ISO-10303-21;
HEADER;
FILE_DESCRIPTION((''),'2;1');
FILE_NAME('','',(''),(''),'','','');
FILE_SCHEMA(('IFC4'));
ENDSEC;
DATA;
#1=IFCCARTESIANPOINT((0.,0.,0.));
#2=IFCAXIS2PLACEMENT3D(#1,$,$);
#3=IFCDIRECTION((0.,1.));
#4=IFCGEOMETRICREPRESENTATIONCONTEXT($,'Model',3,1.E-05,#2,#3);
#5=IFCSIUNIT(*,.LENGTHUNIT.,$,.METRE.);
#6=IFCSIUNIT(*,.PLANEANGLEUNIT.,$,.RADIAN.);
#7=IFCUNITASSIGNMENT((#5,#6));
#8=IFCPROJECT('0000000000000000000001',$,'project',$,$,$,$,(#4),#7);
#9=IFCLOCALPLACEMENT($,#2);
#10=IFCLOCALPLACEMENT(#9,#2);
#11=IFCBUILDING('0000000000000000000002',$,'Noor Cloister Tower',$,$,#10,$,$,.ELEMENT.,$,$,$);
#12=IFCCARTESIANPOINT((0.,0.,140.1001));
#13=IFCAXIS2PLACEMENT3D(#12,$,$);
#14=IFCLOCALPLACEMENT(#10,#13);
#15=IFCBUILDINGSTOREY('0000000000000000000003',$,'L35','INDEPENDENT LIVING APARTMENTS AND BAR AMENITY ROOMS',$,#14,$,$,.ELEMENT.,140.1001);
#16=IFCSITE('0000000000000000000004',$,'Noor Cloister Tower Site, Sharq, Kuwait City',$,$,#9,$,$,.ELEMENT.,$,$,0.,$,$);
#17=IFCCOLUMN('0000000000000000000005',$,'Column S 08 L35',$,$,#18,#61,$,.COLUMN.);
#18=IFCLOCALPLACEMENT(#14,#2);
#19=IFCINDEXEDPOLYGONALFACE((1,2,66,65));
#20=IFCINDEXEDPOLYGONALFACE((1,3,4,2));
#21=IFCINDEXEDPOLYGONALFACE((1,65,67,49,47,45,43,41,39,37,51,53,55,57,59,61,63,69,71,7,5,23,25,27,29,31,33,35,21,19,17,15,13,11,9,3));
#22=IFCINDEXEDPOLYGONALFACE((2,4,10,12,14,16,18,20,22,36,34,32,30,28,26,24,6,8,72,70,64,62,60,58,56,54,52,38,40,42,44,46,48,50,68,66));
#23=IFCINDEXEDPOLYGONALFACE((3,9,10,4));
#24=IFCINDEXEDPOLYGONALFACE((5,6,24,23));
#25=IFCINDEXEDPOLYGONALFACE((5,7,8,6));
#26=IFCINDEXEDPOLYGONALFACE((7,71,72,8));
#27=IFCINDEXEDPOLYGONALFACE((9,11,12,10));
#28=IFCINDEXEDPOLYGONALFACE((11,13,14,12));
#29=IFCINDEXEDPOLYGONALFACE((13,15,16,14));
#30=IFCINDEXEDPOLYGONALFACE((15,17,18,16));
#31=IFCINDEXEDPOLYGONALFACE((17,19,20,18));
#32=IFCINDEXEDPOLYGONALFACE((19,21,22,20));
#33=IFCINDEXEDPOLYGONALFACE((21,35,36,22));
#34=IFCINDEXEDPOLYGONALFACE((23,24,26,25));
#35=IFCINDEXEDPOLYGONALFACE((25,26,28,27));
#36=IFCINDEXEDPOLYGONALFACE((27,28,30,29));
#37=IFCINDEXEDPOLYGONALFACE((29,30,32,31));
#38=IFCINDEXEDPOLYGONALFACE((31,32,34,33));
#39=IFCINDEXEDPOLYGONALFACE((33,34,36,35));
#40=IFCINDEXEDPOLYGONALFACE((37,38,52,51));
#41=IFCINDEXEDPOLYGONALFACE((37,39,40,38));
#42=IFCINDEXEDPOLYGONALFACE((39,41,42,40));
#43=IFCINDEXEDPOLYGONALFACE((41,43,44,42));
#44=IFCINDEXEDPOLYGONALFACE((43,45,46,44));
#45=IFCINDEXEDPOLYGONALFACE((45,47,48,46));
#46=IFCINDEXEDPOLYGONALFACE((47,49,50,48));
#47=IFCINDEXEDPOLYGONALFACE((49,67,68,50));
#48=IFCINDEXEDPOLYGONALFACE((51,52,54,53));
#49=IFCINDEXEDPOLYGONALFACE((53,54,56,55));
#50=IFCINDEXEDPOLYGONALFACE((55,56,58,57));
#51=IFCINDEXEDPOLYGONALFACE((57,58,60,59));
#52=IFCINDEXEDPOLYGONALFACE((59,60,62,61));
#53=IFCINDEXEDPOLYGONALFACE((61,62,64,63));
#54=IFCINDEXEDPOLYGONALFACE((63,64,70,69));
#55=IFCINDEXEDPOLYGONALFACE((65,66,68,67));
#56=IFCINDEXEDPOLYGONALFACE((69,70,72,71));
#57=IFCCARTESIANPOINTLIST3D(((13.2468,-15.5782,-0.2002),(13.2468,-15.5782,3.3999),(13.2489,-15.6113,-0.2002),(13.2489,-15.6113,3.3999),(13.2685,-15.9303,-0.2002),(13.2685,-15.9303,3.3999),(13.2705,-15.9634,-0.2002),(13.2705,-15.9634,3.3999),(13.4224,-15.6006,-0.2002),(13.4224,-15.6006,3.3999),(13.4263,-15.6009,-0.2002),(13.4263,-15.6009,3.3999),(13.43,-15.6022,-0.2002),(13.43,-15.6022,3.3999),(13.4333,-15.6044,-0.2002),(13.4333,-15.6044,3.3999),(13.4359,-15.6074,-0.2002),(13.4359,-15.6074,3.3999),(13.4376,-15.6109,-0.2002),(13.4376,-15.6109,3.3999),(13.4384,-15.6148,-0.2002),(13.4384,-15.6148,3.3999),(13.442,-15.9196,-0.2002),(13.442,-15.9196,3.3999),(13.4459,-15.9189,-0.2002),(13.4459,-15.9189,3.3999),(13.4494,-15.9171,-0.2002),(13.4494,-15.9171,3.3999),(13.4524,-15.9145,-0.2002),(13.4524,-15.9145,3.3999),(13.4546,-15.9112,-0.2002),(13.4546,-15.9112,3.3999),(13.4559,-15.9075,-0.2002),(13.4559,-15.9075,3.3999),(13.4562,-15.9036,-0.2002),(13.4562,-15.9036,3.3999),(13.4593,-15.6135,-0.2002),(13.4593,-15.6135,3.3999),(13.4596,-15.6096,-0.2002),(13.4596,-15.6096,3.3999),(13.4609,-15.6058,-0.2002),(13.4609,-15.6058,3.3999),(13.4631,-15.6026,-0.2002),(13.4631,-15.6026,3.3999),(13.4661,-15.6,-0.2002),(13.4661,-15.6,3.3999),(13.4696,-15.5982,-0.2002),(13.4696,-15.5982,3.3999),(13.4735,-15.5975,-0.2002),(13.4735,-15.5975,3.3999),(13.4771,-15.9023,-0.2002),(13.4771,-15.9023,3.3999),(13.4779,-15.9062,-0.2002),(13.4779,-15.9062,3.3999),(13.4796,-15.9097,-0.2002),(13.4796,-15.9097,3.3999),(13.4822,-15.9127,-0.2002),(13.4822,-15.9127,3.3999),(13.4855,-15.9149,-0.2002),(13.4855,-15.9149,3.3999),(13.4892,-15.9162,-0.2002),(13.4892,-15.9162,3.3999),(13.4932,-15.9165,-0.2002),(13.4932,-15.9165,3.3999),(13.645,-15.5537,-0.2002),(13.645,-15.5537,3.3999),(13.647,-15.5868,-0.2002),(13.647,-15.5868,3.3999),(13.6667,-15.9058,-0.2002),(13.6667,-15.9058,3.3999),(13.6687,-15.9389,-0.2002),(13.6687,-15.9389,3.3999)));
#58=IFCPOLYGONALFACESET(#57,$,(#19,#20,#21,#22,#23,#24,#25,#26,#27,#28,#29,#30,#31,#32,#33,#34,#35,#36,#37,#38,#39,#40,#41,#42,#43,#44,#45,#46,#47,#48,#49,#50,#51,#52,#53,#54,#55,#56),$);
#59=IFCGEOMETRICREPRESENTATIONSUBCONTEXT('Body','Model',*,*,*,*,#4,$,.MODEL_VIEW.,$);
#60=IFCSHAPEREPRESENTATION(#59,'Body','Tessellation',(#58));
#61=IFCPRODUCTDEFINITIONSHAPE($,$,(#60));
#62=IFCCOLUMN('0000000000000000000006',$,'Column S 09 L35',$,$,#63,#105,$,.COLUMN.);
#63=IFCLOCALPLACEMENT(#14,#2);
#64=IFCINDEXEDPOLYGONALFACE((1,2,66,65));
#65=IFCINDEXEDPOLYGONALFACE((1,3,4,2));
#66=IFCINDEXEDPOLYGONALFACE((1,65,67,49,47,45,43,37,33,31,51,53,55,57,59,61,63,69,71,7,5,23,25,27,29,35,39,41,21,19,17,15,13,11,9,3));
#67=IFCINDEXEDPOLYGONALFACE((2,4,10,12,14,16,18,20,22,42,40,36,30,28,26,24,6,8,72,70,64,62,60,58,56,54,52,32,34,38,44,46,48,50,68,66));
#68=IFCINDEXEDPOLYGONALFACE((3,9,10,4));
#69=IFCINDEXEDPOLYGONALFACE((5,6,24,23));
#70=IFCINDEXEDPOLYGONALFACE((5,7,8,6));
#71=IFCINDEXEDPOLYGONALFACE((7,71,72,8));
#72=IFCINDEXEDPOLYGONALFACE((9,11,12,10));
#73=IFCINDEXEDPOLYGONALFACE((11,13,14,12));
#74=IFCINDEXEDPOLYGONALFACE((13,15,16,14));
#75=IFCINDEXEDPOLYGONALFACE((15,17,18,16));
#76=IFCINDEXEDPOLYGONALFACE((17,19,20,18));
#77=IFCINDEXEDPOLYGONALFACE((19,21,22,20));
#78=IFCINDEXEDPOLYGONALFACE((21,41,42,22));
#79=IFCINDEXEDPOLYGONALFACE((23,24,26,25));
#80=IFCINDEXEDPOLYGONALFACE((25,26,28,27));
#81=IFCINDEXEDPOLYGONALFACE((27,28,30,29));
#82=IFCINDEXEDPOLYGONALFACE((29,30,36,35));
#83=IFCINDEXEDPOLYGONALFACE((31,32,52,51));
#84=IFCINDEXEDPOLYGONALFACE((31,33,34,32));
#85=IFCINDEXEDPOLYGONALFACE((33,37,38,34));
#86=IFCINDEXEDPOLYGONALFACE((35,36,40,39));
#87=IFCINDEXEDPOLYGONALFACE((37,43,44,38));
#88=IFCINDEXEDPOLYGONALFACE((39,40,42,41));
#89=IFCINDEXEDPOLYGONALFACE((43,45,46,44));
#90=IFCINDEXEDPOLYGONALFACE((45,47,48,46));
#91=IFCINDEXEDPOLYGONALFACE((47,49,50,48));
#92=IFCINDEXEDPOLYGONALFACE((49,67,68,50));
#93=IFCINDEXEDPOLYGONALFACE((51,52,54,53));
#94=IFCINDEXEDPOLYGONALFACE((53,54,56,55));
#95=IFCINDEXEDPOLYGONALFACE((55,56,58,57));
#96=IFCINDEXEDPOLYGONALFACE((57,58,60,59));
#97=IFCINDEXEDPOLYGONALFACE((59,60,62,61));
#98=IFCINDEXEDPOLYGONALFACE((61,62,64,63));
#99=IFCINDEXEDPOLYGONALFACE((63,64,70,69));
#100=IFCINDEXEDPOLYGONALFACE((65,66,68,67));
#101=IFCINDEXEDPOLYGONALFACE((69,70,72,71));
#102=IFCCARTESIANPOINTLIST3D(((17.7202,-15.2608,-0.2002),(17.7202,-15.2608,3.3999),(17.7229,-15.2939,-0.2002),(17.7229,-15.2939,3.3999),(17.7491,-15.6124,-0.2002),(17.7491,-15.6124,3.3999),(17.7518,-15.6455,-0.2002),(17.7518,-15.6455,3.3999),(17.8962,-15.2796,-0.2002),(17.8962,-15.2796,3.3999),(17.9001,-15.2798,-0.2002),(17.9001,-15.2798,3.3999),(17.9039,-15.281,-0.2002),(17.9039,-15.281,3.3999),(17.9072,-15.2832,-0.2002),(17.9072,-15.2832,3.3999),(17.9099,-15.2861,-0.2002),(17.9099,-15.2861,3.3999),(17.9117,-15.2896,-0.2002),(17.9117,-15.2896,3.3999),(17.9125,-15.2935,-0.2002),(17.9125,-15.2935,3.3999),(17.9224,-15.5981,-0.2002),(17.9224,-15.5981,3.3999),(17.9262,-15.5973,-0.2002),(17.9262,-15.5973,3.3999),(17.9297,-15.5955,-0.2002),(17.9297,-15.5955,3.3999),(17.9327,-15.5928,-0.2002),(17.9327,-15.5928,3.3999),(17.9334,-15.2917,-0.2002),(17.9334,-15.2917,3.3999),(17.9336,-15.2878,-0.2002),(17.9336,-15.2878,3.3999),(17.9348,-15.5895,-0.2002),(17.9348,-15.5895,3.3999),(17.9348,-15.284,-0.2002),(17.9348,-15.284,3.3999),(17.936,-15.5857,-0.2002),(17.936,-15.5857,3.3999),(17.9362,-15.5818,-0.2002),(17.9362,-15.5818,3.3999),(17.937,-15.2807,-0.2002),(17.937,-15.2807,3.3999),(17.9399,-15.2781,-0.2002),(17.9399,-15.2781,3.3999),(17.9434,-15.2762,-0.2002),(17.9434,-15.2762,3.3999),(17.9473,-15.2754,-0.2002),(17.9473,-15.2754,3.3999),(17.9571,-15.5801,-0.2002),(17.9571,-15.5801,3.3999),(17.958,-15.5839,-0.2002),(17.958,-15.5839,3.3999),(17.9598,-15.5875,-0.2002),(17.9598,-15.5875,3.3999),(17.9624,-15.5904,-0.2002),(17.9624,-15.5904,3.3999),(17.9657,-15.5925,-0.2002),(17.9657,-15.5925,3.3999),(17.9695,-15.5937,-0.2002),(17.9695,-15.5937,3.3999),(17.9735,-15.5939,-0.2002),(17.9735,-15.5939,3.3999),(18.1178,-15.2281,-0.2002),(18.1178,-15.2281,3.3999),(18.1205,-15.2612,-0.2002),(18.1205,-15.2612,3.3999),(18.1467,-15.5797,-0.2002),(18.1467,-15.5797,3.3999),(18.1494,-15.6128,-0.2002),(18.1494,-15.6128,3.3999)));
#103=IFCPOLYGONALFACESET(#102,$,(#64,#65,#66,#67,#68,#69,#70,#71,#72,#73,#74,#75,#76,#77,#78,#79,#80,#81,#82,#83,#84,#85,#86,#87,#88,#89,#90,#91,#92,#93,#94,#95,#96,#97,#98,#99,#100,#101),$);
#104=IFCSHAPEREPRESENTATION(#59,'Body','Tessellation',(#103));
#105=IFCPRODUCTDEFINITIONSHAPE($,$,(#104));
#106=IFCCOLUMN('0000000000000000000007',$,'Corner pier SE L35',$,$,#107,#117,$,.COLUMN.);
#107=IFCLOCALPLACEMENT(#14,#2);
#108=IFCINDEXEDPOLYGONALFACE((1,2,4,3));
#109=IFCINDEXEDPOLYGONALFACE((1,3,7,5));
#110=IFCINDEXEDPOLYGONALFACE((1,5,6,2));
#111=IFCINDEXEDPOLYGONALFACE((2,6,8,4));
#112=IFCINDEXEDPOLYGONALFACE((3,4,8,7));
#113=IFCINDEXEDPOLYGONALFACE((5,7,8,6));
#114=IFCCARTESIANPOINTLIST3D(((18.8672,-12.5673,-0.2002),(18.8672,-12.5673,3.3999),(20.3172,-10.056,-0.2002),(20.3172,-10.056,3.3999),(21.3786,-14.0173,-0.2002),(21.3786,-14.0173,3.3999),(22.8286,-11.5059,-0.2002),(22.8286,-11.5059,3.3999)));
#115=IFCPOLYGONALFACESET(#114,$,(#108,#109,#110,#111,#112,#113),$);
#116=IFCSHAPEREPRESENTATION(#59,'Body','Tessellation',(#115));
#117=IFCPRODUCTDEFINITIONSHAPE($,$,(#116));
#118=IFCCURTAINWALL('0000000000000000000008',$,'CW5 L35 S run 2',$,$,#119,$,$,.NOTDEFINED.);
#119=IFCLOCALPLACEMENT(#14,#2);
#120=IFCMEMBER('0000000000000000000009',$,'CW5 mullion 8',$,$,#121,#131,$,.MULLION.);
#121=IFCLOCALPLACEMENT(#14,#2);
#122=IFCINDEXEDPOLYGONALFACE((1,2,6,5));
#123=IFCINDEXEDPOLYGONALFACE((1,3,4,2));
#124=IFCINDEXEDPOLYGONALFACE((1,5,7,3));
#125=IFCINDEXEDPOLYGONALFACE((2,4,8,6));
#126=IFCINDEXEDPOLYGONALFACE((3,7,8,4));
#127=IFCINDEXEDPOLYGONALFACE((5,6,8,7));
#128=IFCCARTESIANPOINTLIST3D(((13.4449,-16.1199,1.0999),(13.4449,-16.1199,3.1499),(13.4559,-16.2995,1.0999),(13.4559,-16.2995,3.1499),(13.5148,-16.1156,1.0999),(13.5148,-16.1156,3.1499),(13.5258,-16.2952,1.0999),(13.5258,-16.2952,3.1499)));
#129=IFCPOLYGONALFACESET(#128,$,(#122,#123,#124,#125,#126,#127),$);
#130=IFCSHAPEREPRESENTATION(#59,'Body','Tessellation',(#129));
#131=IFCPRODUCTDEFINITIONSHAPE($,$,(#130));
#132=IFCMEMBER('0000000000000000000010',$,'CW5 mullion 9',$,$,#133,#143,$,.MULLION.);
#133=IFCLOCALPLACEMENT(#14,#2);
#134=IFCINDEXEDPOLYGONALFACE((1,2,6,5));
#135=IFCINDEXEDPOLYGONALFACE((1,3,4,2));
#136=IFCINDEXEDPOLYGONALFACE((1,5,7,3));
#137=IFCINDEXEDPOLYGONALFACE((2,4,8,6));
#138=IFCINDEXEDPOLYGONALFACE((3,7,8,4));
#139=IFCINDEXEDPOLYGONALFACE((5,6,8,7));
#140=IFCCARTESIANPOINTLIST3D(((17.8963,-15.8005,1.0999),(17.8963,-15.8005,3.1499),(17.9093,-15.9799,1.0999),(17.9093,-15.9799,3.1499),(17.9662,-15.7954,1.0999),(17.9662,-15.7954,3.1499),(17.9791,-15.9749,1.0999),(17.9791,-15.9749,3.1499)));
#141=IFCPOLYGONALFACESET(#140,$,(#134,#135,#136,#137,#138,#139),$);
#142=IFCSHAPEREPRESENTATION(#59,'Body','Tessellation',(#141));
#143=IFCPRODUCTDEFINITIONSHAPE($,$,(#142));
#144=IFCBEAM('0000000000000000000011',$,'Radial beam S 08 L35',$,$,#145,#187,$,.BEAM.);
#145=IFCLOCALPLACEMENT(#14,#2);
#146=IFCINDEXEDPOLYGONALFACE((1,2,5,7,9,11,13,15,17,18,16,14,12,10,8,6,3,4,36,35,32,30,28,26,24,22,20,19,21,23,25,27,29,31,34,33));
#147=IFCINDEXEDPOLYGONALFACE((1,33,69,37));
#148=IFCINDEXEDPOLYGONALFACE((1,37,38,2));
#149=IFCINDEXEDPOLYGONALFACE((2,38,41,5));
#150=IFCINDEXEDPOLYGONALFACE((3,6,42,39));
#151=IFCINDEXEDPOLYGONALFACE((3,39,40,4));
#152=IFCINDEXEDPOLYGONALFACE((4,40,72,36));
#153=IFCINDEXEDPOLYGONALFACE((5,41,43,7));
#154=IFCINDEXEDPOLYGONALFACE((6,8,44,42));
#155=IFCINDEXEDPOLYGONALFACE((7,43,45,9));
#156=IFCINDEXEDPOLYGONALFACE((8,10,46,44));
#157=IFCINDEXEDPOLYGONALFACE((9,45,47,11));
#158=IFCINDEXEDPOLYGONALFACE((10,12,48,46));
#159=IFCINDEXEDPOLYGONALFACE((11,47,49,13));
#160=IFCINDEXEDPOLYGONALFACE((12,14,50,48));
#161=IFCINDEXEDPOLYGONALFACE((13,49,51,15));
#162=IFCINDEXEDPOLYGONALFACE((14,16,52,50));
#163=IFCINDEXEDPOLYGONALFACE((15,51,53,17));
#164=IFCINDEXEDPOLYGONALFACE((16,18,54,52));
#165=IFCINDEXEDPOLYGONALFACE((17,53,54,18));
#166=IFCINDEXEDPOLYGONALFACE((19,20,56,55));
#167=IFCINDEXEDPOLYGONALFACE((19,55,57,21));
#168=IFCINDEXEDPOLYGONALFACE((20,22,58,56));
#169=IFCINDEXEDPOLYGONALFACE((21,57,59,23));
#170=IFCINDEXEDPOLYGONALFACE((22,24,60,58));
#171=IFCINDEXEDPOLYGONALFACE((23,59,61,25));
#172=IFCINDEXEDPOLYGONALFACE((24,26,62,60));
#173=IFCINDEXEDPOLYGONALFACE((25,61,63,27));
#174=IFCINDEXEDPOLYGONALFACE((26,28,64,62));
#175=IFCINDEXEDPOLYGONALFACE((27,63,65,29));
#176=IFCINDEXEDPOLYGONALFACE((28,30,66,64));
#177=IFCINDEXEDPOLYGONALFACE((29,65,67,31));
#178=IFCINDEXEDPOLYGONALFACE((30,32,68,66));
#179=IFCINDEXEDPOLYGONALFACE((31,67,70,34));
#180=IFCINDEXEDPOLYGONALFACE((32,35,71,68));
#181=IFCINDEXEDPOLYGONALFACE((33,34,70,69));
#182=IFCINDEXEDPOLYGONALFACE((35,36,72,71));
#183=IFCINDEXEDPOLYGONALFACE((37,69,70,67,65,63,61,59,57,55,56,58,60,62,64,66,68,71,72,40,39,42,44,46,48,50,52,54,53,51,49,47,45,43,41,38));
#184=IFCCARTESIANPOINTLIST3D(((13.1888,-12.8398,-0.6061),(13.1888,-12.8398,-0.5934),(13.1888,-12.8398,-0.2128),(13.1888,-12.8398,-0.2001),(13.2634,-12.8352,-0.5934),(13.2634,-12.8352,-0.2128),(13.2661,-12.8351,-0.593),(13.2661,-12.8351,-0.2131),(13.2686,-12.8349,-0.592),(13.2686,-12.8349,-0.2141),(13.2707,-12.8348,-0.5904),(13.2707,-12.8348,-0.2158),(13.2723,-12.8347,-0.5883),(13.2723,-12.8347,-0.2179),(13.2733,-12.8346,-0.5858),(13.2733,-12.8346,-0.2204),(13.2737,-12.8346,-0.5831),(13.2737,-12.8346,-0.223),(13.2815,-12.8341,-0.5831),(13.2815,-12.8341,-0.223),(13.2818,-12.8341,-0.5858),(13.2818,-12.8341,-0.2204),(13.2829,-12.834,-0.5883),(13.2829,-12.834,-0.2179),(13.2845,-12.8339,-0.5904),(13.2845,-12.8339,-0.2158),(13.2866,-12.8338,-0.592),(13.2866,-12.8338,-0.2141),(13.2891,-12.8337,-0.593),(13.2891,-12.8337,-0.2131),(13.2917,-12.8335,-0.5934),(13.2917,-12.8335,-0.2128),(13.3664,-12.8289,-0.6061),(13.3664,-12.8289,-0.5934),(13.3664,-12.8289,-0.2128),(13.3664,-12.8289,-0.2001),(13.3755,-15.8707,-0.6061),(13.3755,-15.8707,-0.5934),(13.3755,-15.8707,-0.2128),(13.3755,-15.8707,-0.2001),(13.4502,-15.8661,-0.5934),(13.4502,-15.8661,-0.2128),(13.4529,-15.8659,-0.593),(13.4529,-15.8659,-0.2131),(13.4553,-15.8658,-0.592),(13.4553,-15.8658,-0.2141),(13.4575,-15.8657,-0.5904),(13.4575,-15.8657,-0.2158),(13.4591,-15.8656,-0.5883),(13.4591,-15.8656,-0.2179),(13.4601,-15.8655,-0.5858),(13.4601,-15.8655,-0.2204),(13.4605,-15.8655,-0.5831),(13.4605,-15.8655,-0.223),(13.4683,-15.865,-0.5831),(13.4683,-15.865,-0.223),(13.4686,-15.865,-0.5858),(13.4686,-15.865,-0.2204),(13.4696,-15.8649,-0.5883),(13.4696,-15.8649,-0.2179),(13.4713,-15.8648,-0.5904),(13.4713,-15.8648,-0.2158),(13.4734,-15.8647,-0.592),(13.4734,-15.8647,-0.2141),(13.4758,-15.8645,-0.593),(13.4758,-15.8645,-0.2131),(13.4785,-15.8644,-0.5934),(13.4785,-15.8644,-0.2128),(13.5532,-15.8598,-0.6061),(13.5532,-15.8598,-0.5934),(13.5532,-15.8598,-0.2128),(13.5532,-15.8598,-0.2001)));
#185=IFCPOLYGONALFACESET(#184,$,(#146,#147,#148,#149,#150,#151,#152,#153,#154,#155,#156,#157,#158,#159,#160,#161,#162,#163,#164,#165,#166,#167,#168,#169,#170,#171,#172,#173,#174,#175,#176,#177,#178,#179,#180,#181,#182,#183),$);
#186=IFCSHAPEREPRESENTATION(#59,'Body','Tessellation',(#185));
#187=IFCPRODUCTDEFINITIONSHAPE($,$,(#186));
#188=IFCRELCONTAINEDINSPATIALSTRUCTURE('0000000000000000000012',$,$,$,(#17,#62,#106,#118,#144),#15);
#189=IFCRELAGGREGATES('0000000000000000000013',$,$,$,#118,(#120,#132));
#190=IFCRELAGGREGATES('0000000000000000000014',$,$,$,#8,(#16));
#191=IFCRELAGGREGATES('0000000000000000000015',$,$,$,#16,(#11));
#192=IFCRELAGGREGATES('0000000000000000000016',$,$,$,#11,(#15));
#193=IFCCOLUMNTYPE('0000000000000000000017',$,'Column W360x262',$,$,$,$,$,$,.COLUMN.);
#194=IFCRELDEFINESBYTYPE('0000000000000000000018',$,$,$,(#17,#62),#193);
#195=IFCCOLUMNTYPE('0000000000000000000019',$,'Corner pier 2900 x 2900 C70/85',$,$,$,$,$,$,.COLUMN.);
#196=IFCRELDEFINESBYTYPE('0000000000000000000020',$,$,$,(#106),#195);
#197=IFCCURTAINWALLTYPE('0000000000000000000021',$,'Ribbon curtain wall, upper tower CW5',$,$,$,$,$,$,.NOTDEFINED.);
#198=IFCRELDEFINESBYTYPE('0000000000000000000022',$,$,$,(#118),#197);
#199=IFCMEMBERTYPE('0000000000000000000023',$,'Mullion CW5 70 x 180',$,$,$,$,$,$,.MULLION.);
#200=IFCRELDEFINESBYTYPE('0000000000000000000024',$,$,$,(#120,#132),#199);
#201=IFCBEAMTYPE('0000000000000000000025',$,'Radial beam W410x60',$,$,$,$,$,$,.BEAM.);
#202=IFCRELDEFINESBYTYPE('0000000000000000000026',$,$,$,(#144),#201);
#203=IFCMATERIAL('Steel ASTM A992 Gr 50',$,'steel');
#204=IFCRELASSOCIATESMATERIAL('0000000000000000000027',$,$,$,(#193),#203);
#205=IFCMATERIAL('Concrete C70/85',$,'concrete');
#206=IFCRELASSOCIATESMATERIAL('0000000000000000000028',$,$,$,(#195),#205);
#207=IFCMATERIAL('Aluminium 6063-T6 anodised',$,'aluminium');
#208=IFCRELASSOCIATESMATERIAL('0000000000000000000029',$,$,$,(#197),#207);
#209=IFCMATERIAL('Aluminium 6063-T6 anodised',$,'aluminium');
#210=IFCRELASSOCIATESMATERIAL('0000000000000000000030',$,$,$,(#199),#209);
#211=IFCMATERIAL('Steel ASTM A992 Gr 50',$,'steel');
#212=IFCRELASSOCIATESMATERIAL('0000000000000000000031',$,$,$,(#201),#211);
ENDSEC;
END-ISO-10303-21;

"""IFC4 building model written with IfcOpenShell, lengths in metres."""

from ifc_helpers import new_model, si_unit, direction, frame, origin, origin_2d, place, context, subcontext, project, spatial, rectangle, i_section, extrude, material, material_profile, profile_set, type_object, element, aggregate, save


model = new_model("IFC4")

# Units and contexts
model_context = context("Model", 3, precision=1e-05, world=origin(), true_north=direction((0.0, 1.0)))
body_context = subcontext(model_context, "Body", "Model", "MODEL_VIEW")
ifc_project = project(units=[si_unit("LENGTHUNIT", "METRE"), si_unit("PLANEANGLEUNIT", "RADIAN")], contexts=[model_context])

# Site, building, storey
site_placement = place(None, origin())
site = spatial("IfcSite", under=ifc_project, at=site_placement, Name="Noor Cloister Tower Site, Sharq, Kuwait City", CompositionType="ELEMENT", RefElevation=0.0)
building_placement = place(site_placement, origin())
building = spatial("IfcBuilding", under=site, at=building_placement, Name="Noor Cloister Tower", CompositionType="ELEMENT")
storey_placement = place(building_placement, frame((0.0, 0.0, 140.1001)))
storey = spatial("IfcBuildingStorey", under=building, at=storey_placement, Name="L35", Description="INDEPENDENT LIVING APARTMENTS AND BAR AMENITY ROOMS", CompositionType="ELEMENT", Elevation=140.1001)

# Columns
ifc_material_1 = material(Name="Steel ASTM A992 Gr 50", Category="steel")
ifc_material_profile_1 = material_profile(ifc_material_1, i_section(OverallWidth=0.3989, OverallDepth=0.386, WebThickness=0.021, FlangeThickness=0.0332, FilletRadius=0.0151, at=origin_2d()), Name="W360x262")
ifc_profile_set_1 = profile_set([ifc_material_profile_1], Name="Steel ASTM A992 Gr 50")
column_type_1 = type_object("IfcColumnType", Name="Column W360x262", PredefinedType="COLUMN", material=ifc_profile_set_1)
for number, where, z_axis, x_axis, name in (
    (1, (13.4578, -15.7585, -0.2002), (0.0, 0.0, 1.0), (0.998109, 0.061471, 0.0), "Column S 08 L35"),
    (2, (17.9348, -15.4368, -0.2002), (0.0, 0.0, 1.0), (0.996639, 0.081922, 0.0), "Column S 09 L35"),
):
    element("IfcColumn", number, at=place(storey_placement, frame(where, z_axis=z_axis, x_axis=x_axis)), inside=storey, type_object=column_type_1, Name=name, PredefinedType="COLUMN", context=body_context, shape_type="SweptSolid", body=[
        extrude(i_section(OverallWidth=0.3989, OverallDepth=0.386, WebThickness=0.021, FlangeThickness=0.0332, FilletRadius=0.0151, at=origin_2d()), origin(), (0.0, 0.0, 1.0), 3.6001),
    ])
ifc_material_2 = material(Name="Concrete C70/85", Category="concrete")
ifc_material_profile_2 = material_profile(ifc_material_2, rectangle(XDim=2.8999, YDim=2.8999, at=origin_2d()), Name="RC 2900x2900")
ifc_profile_set_2 = profile_set([ifc_material_profile_2], Name="Concrete C70/85")
column_type_2 = type_object("IfcColumnType", Name="Corner pier 2900 x 2900 C70/85", PredefinedType="COLUMN", material=ifc_profile_set_2)
column_placement = place(storey_placement, frame((20.8479, -12.0366, -0.2002), z_axis=(0.0, 0.0, 1.0), x_axis=(0.866025, -0.5, 0.0)))
element("IfcColumn", 3, at=column_placement, inside=storey, type_object=column_type_2, Name="Corner pier SE L35", PredefinedType="COLUMN", context=body_context, shape_type="SweptSolid", body=[
    extrude(rectangle(XDim=2.8999, YDim=2.8999, at=origin_2d()), origin(), (0.0, 0.0, 1.0), 3.6001),
])

# Curtain wall, members
ifc_material_3 = material(Name="Aluminium 6063-T6 anodised", Category="aluminium")
curtain_wall_type = type_object("IfcCurtainWallType", Name="Ribbon curtain wall, upper tower CW5", PredefinedType="NOTDEFINED", material=ifc_material_3)
curtain_wall_placement = place(storey_placement, origin())
curtain_wall = element("IfcCurtainWall", 4, at=curtain_wall_placement, inside=storey, type_object=curtain_wall_type, Name="CW5 L35 S run 2", PredefinedType="NOTDEFINED")
ifc_material_4 = material(Name="Aluminium 6063-T6 anodised", Category="aluminium")
ifc_material_profile_3 = material_profile(ifc_material_4, rectangle(XDim=0.1799, YDim=0.0701, at=origin_2d()), Name="180 x 70 mullion")
ifc_profile_set_3 = profile_set([ifc_material_profile_3], Name="Aluminium 6063-T6 anodised")
member_type = type_object("IfcMemberType", Name="Mullion CW5 70 x 180", PredefinedType="MULLION", material=ifc_profile_set_3)
member_1_placement = place(storey_placement, frame((13.4854, -16.2075, 1.0999), z_axis=(0.0, 0.0, 1.0), x_axis=(-0.061471, 0.998109, 0.0)))
member_1 = element("IfcMember", 5, at=member_1_placement, type_object=member_type, Name="CW5 mullion 8", PredefinedType="MULLION", context=body_context, shape_type="SweptSolid", body=[
    extrude(rectangle(XDim=0.1799, YDim=0.0701, at=origin_2d()), origin(), (0.0, 0.0, 1.0), 2.05),
])
member_2_placement = place(storey_placement, frame((17.9377, -15.8877, 1.0999), z_axis=(0.0, 0.0, 1.0), x_axis=(-0.0717, 0.997426, 0.0)))
member_2 = element("IfcMember", 6, at=member_2_placement, type_object=member_type, Name="CW5 mullion 9", PredefinedType="MULLION", context=body_context, shape_type="SweptSolid", body=[
    extrude(rectangle(XDim=0.1799, YDim=0.0701, at=origin_2d()), origin(), (0.0, 0.0, 1.0), 2.05),
])

# Beam
ifc_material_5 = material(Name="Steel ASTM A992 Gr 50", Category="steel")
ifc_material_profile_4 = material_profile(ifc_material_5, i_section(OverallWidth=0.178, OverallDepth=0.406, WebThickness=0.0078, FlangeThickness=0.0127, FilletRadius=0.0103, at=origin_2d()), Name="W410x60")
ifc_profile_set_4 = profile_set([ifc_material_profile_4], Name="Steel ASTM A992 Gr 50")
beam_type_1 = type_object("IfcBeamType", Name="Radial beam W410x60", PredefinedType="BEAM", material=ifc_profile_set_4)
beam_1_placement = place(storey_placement, frame((13.4644, -15.8652, -0.4031), z_axis=(-0.061507, 0.998107, 0.0), x_axis=(-0.998107, -0.061507, 0.0)))
element("IfcBeam", 7, at=beam_1_placement, inside=storey, type_object=beam_type_1, Name="Radial beam S 08 L35", PredefinedType="BEAM", context=body_context, shape_type="SweptSolid", body=[
    extrude(i_section(OverallWidth=0.178, OverallDepth=0.406, WebThickness=0.0078, FlangeThickness=0.0127, FilletRadius=0.0103, at=origin_2d()), origin(), (0.0, 0.0, 1.0), 3.0366),
])

aggregate(curtain_wall, [member_1, member_2])

save(model, "model.ifc")
